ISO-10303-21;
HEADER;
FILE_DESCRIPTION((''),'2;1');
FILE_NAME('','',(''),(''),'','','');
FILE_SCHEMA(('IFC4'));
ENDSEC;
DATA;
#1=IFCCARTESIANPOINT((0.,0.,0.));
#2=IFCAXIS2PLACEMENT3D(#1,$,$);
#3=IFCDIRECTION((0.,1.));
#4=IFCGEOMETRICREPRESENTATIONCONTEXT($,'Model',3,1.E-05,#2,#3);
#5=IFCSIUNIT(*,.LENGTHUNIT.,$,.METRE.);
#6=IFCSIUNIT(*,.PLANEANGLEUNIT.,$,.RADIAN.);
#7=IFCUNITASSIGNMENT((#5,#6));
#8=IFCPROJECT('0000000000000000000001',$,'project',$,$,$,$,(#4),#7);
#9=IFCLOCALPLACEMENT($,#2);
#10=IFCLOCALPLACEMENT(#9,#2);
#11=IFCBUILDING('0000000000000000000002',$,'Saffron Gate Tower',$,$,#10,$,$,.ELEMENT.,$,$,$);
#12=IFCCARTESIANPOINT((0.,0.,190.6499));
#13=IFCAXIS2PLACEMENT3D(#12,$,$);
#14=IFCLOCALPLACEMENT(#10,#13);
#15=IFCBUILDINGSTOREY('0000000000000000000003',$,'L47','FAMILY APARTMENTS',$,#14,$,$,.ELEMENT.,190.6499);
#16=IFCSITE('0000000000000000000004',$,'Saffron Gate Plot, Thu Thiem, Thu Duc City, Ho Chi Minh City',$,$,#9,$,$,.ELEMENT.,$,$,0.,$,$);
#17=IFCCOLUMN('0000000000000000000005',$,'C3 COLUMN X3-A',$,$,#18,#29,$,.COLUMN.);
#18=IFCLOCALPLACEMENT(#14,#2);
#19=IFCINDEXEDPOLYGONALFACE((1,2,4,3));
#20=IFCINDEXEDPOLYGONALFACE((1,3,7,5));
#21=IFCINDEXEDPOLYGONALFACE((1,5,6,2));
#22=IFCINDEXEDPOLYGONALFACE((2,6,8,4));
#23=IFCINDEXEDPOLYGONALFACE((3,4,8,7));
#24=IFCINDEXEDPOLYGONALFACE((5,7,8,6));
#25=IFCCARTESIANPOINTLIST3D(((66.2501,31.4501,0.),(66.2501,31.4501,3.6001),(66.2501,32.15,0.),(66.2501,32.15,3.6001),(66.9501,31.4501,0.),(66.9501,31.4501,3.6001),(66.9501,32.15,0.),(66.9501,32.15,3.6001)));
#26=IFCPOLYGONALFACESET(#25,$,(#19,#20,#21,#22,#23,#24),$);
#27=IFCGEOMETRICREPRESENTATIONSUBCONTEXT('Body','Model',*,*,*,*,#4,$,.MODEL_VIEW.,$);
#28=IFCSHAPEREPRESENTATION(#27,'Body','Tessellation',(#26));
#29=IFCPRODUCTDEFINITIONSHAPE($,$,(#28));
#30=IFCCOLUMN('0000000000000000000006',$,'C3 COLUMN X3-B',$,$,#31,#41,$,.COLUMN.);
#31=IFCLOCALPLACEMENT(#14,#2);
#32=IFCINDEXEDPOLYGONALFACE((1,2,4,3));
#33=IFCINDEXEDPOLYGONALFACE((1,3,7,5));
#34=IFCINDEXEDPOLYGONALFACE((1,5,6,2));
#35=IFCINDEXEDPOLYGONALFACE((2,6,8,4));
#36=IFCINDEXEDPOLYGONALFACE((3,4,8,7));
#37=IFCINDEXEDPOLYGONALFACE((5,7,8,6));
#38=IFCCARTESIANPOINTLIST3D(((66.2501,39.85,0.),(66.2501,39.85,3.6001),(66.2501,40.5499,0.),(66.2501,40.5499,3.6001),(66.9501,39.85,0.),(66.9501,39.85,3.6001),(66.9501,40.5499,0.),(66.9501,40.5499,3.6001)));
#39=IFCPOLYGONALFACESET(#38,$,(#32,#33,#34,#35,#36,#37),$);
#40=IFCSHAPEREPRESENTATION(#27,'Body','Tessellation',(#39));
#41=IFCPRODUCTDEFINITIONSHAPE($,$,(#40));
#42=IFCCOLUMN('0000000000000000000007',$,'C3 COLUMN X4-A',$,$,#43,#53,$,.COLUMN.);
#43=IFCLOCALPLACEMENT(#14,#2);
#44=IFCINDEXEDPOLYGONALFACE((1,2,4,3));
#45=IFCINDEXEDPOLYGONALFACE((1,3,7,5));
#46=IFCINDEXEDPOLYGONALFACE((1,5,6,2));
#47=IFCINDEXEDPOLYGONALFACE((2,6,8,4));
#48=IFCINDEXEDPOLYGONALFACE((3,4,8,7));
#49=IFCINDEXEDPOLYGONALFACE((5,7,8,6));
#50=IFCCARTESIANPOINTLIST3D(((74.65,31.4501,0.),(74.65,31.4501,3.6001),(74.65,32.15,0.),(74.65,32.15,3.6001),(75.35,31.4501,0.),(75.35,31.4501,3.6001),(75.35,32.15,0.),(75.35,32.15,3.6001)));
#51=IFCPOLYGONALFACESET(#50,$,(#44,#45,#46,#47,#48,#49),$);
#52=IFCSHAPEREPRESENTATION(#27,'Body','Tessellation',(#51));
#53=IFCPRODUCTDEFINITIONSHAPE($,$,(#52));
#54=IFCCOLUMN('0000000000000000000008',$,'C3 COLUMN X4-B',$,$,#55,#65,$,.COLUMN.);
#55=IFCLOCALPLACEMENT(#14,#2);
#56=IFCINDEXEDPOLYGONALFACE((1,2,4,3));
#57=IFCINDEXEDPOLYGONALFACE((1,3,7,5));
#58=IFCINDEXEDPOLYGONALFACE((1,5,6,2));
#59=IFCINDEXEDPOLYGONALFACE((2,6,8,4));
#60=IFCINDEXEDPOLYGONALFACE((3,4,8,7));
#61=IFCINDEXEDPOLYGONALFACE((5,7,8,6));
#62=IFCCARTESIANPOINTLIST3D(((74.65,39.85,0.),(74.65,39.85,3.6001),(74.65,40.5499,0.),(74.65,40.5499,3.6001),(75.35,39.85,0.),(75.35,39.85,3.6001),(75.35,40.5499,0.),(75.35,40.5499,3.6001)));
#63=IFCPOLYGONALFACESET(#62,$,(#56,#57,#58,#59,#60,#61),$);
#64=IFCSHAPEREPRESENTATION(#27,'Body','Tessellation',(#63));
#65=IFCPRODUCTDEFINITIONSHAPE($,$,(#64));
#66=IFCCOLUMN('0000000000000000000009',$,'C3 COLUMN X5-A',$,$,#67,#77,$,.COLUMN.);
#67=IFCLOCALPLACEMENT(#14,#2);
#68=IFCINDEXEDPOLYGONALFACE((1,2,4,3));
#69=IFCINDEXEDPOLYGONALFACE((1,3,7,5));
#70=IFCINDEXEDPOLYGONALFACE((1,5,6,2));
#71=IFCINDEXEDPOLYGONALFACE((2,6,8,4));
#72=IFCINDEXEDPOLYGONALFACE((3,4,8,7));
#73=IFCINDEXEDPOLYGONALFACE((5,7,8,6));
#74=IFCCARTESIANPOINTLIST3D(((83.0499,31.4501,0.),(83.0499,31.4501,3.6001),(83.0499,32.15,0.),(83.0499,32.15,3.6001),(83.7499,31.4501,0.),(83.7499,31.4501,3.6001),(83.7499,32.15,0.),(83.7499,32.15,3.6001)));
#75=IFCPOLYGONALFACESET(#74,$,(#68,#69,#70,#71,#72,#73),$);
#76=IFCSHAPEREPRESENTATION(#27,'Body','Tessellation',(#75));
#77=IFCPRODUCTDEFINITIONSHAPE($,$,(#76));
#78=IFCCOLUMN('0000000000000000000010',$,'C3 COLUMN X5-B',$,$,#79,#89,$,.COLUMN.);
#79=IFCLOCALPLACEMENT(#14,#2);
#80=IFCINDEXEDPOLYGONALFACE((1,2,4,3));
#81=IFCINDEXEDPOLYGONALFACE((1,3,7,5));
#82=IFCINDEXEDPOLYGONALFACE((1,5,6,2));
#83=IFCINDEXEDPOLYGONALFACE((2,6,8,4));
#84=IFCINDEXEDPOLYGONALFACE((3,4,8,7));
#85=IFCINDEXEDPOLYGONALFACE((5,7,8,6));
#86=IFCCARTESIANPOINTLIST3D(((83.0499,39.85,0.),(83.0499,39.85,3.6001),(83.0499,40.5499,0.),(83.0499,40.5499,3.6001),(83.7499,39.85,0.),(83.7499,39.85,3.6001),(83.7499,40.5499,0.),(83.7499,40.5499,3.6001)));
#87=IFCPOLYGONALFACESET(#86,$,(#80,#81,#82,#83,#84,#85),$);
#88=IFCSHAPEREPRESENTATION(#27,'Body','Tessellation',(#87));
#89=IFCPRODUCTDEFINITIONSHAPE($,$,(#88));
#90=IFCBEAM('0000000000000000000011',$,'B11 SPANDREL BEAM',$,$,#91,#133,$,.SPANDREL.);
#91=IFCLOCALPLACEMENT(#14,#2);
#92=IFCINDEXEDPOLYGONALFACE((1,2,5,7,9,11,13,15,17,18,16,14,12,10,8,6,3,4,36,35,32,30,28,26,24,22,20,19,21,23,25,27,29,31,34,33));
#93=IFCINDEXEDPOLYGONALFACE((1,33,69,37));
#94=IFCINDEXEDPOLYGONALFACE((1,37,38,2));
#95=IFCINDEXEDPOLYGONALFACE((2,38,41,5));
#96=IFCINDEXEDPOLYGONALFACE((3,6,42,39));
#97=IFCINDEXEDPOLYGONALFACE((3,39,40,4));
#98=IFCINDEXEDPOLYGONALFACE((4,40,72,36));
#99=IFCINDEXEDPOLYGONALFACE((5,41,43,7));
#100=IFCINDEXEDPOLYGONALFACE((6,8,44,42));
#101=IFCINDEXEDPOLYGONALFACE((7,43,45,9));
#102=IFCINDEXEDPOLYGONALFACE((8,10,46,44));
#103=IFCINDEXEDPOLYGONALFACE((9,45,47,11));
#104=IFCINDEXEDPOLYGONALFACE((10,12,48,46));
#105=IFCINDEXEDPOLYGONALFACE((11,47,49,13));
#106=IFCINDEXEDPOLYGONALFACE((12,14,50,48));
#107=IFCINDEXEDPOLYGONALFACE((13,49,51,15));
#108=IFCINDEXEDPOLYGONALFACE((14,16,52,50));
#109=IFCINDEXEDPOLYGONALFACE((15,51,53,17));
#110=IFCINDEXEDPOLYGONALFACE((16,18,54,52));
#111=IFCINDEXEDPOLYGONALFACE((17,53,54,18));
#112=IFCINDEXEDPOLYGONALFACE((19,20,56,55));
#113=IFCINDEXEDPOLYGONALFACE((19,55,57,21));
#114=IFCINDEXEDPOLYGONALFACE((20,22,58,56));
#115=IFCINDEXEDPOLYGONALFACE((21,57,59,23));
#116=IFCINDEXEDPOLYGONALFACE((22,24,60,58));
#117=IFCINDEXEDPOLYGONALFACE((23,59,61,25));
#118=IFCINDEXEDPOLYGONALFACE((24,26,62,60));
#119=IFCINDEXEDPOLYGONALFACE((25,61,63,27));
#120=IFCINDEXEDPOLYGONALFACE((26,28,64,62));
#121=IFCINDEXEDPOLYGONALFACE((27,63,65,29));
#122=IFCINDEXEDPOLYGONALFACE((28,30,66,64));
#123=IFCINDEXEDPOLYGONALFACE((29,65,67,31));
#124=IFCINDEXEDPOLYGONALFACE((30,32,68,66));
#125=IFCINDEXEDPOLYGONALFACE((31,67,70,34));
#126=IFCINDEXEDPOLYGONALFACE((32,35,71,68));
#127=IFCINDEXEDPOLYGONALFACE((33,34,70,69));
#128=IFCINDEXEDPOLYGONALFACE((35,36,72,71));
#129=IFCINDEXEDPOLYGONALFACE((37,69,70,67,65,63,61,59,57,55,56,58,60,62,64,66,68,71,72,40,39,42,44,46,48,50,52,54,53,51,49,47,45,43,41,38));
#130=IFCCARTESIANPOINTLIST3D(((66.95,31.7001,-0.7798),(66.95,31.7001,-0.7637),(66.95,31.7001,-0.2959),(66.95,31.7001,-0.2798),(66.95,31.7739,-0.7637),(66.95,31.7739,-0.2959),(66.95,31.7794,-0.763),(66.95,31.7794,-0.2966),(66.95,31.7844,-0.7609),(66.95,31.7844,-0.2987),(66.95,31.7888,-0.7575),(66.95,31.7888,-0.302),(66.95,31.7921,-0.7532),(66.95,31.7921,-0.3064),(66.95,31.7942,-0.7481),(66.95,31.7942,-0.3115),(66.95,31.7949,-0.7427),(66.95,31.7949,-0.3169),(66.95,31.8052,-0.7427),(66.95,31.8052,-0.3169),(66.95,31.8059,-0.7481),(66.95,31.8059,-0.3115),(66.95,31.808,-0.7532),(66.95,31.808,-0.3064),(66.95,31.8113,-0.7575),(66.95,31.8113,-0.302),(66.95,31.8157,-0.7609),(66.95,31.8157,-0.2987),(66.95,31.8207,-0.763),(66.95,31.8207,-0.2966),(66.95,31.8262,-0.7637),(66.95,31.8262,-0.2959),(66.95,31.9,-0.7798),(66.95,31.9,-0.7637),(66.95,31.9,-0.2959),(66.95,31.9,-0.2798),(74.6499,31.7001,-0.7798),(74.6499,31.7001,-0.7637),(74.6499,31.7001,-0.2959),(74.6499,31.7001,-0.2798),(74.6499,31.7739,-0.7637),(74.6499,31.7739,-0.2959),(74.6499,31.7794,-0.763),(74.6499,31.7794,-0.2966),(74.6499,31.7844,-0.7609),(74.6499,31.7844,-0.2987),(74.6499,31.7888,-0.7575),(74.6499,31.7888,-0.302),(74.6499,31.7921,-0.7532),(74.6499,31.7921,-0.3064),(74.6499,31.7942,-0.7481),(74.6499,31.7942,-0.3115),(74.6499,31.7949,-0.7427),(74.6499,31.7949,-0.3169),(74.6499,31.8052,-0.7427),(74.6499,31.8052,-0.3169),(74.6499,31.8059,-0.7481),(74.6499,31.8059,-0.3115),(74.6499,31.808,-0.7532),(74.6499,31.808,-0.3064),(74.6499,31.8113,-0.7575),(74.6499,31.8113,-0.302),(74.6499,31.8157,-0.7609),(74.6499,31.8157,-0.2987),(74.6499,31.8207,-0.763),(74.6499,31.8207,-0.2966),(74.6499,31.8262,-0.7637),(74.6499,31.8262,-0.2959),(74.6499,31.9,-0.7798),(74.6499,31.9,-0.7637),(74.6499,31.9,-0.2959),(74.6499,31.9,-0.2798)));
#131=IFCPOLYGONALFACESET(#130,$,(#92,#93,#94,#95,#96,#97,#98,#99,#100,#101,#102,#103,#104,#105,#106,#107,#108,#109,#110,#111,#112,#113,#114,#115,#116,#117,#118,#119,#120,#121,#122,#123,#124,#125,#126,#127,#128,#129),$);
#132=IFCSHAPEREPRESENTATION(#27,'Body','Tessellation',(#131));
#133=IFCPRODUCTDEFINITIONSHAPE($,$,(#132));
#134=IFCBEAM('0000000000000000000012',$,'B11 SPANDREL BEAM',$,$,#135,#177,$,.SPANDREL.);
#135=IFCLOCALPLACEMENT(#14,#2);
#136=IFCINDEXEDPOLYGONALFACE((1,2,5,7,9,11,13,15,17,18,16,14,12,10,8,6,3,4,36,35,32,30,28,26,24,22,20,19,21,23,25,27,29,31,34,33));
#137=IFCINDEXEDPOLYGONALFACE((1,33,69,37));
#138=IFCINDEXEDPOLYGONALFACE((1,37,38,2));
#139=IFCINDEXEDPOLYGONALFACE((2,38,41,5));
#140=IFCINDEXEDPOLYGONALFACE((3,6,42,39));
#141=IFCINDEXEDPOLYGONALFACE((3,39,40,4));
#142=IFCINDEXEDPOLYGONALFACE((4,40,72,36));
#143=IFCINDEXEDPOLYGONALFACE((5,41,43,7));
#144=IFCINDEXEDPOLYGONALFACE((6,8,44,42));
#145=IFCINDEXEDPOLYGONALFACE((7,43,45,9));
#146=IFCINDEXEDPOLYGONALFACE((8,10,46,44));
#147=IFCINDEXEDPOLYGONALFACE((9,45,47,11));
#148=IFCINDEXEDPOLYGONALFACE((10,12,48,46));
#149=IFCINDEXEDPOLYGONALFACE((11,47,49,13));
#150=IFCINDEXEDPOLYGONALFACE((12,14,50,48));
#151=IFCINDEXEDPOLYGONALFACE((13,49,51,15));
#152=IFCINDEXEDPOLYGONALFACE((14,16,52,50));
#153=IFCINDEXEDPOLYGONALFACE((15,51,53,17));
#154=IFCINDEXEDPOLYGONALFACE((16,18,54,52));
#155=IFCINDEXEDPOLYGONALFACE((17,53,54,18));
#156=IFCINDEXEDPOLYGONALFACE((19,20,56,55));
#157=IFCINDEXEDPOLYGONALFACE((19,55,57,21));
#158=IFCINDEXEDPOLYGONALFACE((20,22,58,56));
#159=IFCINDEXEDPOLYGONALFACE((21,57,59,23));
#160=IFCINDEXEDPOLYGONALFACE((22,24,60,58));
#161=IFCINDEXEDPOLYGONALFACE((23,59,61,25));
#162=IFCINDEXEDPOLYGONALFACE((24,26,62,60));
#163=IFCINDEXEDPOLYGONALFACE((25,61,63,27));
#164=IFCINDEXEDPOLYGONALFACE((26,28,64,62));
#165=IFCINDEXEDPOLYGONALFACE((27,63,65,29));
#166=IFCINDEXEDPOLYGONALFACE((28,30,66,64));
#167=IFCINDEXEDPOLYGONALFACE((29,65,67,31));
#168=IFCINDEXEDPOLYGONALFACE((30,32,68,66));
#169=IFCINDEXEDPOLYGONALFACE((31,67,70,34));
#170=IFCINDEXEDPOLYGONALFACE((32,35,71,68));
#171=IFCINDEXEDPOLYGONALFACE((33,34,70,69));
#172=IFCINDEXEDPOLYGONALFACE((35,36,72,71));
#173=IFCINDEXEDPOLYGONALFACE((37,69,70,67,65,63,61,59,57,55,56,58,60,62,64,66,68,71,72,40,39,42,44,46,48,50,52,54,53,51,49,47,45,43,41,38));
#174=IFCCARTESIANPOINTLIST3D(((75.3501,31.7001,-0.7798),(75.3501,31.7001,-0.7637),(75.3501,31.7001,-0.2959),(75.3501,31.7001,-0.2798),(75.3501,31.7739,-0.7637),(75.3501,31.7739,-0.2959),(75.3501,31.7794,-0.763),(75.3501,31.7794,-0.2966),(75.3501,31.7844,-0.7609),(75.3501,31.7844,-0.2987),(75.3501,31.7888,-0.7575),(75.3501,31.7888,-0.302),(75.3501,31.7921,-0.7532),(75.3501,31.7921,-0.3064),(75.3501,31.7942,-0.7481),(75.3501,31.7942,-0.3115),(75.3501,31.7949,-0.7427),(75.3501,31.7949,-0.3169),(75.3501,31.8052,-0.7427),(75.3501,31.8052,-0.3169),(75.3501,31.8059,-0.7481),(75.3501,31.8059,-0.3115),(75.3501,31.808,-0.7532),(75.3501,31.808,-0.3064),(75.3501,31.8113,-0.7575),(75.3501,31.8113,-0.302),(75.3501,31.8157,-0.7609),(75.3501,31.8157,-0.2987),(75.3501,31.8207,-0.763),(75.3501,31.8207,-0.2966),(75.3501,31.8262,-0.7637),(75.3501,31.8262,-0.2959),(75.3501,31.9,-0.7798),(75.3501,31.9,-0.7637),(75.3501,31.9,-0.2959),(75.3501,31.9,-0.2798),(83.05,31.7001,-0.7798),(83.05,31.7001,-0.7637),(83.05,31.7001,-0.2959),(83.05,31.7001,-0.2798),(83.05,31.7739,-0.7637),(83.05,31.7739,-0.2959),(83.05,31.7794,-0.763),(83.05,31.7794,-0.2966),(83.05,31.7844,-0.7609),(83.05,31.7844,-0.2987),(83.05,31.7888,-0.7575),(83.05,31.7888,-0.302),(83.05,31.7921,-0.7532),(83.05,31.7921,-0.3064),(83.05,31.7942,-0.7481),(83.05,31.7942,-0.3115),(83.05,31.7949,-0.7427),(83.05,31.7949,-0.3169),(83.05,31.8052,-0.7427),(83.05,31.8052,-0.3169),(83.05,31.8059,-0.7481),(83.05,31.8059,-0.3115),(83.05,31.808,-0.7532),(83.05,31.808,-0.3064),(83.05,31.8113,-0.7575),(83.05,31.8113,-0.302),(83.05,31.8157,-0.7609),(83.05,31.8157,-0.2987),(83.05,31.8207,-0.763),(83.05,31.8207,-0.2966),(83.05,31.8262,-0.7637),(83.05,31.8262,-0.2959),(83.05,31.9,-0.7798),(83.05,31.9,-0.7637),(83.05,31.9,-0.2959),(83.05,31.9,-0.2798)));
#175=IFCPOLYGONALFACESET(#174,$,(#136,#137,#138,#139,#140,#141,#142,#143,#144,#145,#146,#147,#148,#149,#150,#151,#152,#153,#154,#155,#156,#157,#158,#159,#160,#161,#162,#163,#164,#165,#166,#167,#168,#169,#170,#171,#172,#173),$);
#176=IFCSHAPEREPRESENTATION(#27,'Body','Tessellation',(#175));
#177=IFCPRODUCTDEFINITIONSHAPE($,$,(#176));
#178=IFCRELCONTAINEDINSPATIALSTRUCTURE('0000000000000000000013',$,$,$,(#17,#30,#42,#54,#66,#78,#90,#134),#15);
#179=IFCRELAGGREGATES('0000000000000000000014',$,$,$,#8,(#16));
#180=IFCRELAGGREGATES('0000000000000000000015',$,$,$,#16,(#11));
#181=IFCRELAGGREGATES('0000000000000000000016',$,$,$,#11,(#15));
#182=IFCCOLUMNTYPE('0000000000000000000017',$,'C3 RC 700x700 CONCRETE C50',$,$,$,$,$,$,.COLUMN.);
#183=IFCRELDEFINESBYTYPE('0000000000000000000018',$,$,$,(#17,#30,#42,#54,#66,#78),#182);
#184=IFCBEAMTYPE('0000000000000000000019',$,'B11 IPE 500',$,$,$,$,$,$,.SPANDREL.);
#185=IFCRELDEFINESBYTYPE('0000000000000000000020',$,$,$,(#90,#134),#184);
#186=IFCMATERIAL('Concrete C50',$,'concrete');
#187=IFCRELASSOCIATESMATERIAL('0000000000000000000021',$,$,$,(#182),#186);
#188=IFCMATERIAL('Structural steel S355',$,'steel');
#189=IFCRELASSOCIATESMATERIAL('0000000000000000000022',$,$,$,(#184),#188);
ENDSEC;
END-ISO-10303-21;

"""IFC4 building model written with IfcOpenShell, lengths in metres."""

from ifc_helpers import new_model, si_unit, direction, frame, origin, origin_2d, place, context, subcontext, project, spatial, rectangle, i_section, extrude, material, material_profile, profile_set, type_object, element, save


model = new_model("IFC4")

# Units and contexts
model_context = context("Model", 3, precision=1e-05, world=origin(), true_north=direction((0.0, 1.0)))
body_context = subcontext(model_context, "Body", "Model", "MODEL_VIEW")
ifc_project = project(units=[si_unit("LENGTHUNIT", "METRE"), si_unit("PLANEANGLEUNIT", "RADIAN")], contexts=[model_context])

# Site, building, storey
site_placement = place(None, origin())
site = spatial("IfcSite", under=ifc_project, at=site_placement, Name="Saffron Gate Plot, Thu Thiem, Thu Duc City, Ho Chi Minh City", CompositionType="ELEMENT", RefElevation=0.0)
building_placement = place(site_placement, origin())
building = spatial("IfcBuilding", under=site, at=building_placement, Name="Saffron Gate Tower", CompositionType="ELEMENT")
storey_placement = place(building_placement, frame((0.0, 0.0, 190.6499)))
storey = spatial("IfcBuildingStorey", under=building, at=storey_placement, Name="L47", Description="FAMILY APARTMENTS", CompositionType="ELEMENT", Elevation=190.6499)

# Columns
ifc_material_1 = material(Name="Concrete C50", Category="concrete")
ifc_material_profile_1 = material_profile(ifc_material_1, rectangle(XDim=0.7, YDim=0.7, at=origin_2d()))
ifc_profile_set_1 = profile_set([ifc_material_profile_1], Name="Concrete C50")
column_type = type_object("IfcColumnType", Name="C3 RC 700x700 CONCRETE C50", PredefinedType="COLUMN", material=ifc_profile_set_1)
for number, where, z_axis, x_axis, name in (
    (1, (66.6001, 31.8, 0.0), (0.0, 0.0, 1.0), (1.0, 0.0, 0.0), "C3 COLUMN X3-A"),
    (2, (66.6001, 40.2, 0.0), (0.0, 0.0, 1.0), (1.0, 0.0, 0.0), "C3 COLUMN X3-B"),
    (3, (75.0, 31.8, 0.0), (0.0, 0.0, 1.0), (1.0, 0.0, 0.0), "C3 COLUMN X4-A"),
    (4, (75.0, 40.2, 0.0), (0.0, 0.0, 1.0), (1.0, 0.0, 0.0), "C3 COLUMN X4-B"),
    (5, (83.3999, 31.8, 0.0), (0.0, 0.0, 1.0), (1.0, 0.0, 0.0), "C3 COLUMN X5-A"),
    (6, (83.3999, 40.2, 0.0), (0.0, 0.0, 1.0), (1.0, 0.0, 0.0), "C3 COLUMN X5-B"),
):
    element("IfcColumn", number, at=place(storey_placement, frame(where, z_axis=z_axis, x_axis=x_axis)), inside=storey, type_object=column_type, Name=name, PredefinedType="COLUMN", context=body_context, shape_type="SweptSolid", body=[
        extrude(rectangle(XDim=0.7, YDim=0.7, at=origin_2d()), origin(), (0.0, 0.0, 1.0), 3.6001),
    ])

# Beams
ifc_material_2 = material(Name="Structural steel S355", Category="steel")
ifc_material_profile_2 = material_profile(ifc_material_2, i_section(OverallWidth=0.2, OverallDepth=0.5, WebThickness=0.0103, FlangeThickness=0.0161, FilletRadius=0.021, at=origin_2d()))
ifc_profile_set_2 = profile_set([ifc_material_profile_2], Name="Structural steel S355")
beam_type_1 = type_object("IfcBeamType", Name="B11 IPE 500", PredefinedType="SPANDREL", material=ifc_profile_set_2)
for number, where, z_axis, x_axis, name in (
    (7, (66.95, 31.8, -0.5298), (1.0, 0.0, 0.0), (0.0, 1.0, 0.0), "B11 SPANDREL BEAM"),
    (8, (75.3501, 31.8, -0.5298), (1.0, 0.0, 0.0), (0.0, 1.0, 0.0), "B11 SPANDREL BEAM"),
):
    element("IfcBeam", number, at=place(storey_placement, frame(where, z_axis=z_axis, x_axis=x_axis)), inside=storey, type_object=beam_type_1, Name=name, PredefinedType="SPANDREL", context=body_context, shape_type="SweptSolid", body=[
        extrude(i_section(OverallWidth=0.2, OverallDepth=0.5, WebThickness=0.0103, FlangeThickness=0.0161, FilletRadius=0.021, at=origin_2d()), origin(), (0.0, 0.0, 1.0), 7.7),
    ])

save(model, "model.ifc")
